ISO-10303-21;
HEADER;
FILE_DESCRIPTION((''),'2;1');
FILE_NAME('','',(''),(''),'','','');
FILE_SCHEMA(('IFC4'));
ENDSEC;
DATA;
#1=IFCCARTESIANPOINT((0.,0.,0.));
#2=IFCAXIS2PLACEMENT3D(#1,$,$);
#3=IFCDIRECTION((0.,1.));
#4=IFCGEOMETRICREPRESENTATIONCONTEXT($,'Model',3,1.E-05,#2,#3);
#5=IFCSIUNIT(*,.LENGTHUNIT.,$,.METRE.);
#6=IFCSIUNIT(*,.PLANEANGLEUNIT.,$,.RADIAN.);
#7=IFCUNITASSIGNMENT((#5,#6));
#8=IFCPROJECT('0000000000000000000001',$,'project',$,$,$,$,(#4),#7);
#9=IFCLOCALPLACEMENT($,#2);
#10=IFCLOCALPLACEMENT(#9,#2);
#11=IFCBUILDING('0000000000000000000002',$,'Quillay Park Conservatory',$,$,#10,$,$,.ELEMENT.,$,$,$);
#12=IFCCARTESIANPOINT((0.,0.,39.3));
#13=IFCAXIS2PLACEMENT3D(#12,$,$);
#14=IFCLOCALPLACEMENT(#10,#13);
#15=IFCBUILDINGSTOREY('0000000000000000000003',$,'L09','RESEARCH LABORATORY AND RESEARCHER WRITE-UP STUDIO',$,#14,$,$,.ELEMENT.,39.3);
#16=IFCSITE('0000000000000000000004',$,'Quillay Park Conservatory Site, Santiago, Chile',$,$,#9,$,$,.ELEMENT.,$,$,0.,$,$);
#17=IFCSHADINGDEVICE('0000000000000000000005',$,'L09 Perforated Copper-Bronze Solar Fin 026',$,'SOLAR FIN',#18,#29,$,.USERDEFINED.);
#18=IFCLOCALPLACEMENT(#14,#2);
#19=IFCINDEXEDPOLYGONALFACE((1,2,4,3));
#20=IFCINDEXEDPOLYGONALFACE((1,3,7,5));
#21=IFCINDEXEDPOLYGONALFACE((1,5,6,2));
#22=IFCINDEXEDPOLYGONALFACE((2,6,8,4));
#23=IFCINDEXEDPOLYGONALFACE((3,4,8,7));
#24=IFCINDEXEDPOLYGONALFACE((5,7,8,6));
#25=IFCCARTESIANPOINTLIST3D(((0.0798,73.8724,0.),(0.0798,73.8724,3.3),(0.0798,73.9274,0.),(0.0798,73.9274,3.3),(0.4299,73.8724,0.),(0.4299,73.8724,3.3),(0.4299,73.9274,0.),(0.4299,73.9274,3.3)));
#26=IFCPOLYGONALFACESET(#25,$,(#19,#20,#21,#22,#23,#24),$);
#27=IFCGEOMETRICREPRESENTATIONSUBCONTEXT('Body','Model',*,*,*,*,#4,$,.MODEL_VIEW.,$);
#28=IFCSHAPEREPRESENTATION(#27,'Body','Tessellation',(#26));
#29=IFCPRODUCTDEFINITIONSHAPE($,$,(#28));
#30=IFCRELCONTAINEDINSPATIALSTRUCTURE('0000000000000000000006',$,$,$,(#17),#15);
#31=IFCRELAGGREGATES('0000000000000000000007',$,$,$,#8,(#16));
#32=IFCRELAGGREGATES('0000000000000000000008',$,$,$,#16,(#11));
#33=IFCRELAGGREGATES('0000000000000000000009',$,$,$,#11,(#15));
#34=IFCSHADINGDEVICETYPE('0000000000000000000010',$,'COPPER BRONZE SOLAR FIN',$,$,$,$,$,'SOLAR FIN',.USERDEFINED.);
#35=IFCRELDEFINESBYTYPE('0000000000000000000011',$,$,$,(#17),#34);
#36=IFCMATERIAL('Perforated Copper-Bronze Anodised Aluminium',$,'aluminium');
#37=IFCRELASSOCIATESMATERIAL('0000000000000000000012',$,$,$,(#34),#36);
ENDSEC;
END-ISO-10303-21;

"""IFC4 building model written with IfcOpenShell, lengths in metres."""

from ifc_helpers import new_model, si_unit, direction, frame, origin, origin_2d, place, context, subcontext, project, spatial, rectangle, extrude, material, type_object, element, save


model = new_model("IFC4")

# Units and contexts
model_context = context("Model", 3, precision=1e-05, world=origin(), true_north=direction((0.0, 1.0)))
body_context = subcontext(model_context, "Body", "Model", "MODEL_VIEW")
ifc_project = project(units=[si_unit("LENGTHUNIT", "METRE"), si_unit("PLANEANGLEUNIT", "RADIAN")], contexts=[model_context])

# Site, building, storey
site_placement = place(None, origin())
site = spatial("IfcSite", under=ifc_project, at=site_placement, Name="Quillay Park Conservatory Site, Santiago, Chile", CompositionType="ELEMENT", RefElevation=0.0)
building_placement = place(site_placement, origin())
building = spatial("IfcBuilding", under=site, at=building_placement, Name="Quillay Park Conservatory", CompositionType="ELEMENT")
storey_placement = place(building_placement, frame((0.0, 0.0, 39.3)))
storey = spatial("IfcBuildingStorey", under=building, at=storey_placement, Name="L09", Description="RESEARCH LABORATORY AND RESEARCHER WRITE-UP STUDIO", CompositionType="ELEMENT", Elevation=39.3)

# Shading device
ifc_material_1 = material(Name="Perforated Copper-Bronze Anodised Aluminium", Category="aluminium")
shading_device_type = type_object("IfcShadingDeviceType", Name="COPPER BRONZE SOLAR FIN", ElementType="SOLAR FIN", PredefinedType="USERDEFINED", material=ifc_material_1)
shading_device_placement = place(storey_placement, frame((0.2549, 73.8999, 0.0), z_axis=(0.0, 0.0, 1.0), x_axis=(1.0, 0.0, 0.0)))
element("IfcShadingDevice", 1, at=shading_device_placement, inside=storey, type_object=shading_device_type, Name="L09 Perforated Copper-Bronze Solar Fin 026", ObjectType="SOLAR FIN", PredefinedType="USERDEFINED", context=body_context, shape_type="SweptSolid", body=[
    extrude(rectangle(XDim=0.3501, YDim=0.0549, at=origin_2d()), origin(), (0.0, 0.0, 1.0), 3.3),
])

save(model, "model.ifc")
